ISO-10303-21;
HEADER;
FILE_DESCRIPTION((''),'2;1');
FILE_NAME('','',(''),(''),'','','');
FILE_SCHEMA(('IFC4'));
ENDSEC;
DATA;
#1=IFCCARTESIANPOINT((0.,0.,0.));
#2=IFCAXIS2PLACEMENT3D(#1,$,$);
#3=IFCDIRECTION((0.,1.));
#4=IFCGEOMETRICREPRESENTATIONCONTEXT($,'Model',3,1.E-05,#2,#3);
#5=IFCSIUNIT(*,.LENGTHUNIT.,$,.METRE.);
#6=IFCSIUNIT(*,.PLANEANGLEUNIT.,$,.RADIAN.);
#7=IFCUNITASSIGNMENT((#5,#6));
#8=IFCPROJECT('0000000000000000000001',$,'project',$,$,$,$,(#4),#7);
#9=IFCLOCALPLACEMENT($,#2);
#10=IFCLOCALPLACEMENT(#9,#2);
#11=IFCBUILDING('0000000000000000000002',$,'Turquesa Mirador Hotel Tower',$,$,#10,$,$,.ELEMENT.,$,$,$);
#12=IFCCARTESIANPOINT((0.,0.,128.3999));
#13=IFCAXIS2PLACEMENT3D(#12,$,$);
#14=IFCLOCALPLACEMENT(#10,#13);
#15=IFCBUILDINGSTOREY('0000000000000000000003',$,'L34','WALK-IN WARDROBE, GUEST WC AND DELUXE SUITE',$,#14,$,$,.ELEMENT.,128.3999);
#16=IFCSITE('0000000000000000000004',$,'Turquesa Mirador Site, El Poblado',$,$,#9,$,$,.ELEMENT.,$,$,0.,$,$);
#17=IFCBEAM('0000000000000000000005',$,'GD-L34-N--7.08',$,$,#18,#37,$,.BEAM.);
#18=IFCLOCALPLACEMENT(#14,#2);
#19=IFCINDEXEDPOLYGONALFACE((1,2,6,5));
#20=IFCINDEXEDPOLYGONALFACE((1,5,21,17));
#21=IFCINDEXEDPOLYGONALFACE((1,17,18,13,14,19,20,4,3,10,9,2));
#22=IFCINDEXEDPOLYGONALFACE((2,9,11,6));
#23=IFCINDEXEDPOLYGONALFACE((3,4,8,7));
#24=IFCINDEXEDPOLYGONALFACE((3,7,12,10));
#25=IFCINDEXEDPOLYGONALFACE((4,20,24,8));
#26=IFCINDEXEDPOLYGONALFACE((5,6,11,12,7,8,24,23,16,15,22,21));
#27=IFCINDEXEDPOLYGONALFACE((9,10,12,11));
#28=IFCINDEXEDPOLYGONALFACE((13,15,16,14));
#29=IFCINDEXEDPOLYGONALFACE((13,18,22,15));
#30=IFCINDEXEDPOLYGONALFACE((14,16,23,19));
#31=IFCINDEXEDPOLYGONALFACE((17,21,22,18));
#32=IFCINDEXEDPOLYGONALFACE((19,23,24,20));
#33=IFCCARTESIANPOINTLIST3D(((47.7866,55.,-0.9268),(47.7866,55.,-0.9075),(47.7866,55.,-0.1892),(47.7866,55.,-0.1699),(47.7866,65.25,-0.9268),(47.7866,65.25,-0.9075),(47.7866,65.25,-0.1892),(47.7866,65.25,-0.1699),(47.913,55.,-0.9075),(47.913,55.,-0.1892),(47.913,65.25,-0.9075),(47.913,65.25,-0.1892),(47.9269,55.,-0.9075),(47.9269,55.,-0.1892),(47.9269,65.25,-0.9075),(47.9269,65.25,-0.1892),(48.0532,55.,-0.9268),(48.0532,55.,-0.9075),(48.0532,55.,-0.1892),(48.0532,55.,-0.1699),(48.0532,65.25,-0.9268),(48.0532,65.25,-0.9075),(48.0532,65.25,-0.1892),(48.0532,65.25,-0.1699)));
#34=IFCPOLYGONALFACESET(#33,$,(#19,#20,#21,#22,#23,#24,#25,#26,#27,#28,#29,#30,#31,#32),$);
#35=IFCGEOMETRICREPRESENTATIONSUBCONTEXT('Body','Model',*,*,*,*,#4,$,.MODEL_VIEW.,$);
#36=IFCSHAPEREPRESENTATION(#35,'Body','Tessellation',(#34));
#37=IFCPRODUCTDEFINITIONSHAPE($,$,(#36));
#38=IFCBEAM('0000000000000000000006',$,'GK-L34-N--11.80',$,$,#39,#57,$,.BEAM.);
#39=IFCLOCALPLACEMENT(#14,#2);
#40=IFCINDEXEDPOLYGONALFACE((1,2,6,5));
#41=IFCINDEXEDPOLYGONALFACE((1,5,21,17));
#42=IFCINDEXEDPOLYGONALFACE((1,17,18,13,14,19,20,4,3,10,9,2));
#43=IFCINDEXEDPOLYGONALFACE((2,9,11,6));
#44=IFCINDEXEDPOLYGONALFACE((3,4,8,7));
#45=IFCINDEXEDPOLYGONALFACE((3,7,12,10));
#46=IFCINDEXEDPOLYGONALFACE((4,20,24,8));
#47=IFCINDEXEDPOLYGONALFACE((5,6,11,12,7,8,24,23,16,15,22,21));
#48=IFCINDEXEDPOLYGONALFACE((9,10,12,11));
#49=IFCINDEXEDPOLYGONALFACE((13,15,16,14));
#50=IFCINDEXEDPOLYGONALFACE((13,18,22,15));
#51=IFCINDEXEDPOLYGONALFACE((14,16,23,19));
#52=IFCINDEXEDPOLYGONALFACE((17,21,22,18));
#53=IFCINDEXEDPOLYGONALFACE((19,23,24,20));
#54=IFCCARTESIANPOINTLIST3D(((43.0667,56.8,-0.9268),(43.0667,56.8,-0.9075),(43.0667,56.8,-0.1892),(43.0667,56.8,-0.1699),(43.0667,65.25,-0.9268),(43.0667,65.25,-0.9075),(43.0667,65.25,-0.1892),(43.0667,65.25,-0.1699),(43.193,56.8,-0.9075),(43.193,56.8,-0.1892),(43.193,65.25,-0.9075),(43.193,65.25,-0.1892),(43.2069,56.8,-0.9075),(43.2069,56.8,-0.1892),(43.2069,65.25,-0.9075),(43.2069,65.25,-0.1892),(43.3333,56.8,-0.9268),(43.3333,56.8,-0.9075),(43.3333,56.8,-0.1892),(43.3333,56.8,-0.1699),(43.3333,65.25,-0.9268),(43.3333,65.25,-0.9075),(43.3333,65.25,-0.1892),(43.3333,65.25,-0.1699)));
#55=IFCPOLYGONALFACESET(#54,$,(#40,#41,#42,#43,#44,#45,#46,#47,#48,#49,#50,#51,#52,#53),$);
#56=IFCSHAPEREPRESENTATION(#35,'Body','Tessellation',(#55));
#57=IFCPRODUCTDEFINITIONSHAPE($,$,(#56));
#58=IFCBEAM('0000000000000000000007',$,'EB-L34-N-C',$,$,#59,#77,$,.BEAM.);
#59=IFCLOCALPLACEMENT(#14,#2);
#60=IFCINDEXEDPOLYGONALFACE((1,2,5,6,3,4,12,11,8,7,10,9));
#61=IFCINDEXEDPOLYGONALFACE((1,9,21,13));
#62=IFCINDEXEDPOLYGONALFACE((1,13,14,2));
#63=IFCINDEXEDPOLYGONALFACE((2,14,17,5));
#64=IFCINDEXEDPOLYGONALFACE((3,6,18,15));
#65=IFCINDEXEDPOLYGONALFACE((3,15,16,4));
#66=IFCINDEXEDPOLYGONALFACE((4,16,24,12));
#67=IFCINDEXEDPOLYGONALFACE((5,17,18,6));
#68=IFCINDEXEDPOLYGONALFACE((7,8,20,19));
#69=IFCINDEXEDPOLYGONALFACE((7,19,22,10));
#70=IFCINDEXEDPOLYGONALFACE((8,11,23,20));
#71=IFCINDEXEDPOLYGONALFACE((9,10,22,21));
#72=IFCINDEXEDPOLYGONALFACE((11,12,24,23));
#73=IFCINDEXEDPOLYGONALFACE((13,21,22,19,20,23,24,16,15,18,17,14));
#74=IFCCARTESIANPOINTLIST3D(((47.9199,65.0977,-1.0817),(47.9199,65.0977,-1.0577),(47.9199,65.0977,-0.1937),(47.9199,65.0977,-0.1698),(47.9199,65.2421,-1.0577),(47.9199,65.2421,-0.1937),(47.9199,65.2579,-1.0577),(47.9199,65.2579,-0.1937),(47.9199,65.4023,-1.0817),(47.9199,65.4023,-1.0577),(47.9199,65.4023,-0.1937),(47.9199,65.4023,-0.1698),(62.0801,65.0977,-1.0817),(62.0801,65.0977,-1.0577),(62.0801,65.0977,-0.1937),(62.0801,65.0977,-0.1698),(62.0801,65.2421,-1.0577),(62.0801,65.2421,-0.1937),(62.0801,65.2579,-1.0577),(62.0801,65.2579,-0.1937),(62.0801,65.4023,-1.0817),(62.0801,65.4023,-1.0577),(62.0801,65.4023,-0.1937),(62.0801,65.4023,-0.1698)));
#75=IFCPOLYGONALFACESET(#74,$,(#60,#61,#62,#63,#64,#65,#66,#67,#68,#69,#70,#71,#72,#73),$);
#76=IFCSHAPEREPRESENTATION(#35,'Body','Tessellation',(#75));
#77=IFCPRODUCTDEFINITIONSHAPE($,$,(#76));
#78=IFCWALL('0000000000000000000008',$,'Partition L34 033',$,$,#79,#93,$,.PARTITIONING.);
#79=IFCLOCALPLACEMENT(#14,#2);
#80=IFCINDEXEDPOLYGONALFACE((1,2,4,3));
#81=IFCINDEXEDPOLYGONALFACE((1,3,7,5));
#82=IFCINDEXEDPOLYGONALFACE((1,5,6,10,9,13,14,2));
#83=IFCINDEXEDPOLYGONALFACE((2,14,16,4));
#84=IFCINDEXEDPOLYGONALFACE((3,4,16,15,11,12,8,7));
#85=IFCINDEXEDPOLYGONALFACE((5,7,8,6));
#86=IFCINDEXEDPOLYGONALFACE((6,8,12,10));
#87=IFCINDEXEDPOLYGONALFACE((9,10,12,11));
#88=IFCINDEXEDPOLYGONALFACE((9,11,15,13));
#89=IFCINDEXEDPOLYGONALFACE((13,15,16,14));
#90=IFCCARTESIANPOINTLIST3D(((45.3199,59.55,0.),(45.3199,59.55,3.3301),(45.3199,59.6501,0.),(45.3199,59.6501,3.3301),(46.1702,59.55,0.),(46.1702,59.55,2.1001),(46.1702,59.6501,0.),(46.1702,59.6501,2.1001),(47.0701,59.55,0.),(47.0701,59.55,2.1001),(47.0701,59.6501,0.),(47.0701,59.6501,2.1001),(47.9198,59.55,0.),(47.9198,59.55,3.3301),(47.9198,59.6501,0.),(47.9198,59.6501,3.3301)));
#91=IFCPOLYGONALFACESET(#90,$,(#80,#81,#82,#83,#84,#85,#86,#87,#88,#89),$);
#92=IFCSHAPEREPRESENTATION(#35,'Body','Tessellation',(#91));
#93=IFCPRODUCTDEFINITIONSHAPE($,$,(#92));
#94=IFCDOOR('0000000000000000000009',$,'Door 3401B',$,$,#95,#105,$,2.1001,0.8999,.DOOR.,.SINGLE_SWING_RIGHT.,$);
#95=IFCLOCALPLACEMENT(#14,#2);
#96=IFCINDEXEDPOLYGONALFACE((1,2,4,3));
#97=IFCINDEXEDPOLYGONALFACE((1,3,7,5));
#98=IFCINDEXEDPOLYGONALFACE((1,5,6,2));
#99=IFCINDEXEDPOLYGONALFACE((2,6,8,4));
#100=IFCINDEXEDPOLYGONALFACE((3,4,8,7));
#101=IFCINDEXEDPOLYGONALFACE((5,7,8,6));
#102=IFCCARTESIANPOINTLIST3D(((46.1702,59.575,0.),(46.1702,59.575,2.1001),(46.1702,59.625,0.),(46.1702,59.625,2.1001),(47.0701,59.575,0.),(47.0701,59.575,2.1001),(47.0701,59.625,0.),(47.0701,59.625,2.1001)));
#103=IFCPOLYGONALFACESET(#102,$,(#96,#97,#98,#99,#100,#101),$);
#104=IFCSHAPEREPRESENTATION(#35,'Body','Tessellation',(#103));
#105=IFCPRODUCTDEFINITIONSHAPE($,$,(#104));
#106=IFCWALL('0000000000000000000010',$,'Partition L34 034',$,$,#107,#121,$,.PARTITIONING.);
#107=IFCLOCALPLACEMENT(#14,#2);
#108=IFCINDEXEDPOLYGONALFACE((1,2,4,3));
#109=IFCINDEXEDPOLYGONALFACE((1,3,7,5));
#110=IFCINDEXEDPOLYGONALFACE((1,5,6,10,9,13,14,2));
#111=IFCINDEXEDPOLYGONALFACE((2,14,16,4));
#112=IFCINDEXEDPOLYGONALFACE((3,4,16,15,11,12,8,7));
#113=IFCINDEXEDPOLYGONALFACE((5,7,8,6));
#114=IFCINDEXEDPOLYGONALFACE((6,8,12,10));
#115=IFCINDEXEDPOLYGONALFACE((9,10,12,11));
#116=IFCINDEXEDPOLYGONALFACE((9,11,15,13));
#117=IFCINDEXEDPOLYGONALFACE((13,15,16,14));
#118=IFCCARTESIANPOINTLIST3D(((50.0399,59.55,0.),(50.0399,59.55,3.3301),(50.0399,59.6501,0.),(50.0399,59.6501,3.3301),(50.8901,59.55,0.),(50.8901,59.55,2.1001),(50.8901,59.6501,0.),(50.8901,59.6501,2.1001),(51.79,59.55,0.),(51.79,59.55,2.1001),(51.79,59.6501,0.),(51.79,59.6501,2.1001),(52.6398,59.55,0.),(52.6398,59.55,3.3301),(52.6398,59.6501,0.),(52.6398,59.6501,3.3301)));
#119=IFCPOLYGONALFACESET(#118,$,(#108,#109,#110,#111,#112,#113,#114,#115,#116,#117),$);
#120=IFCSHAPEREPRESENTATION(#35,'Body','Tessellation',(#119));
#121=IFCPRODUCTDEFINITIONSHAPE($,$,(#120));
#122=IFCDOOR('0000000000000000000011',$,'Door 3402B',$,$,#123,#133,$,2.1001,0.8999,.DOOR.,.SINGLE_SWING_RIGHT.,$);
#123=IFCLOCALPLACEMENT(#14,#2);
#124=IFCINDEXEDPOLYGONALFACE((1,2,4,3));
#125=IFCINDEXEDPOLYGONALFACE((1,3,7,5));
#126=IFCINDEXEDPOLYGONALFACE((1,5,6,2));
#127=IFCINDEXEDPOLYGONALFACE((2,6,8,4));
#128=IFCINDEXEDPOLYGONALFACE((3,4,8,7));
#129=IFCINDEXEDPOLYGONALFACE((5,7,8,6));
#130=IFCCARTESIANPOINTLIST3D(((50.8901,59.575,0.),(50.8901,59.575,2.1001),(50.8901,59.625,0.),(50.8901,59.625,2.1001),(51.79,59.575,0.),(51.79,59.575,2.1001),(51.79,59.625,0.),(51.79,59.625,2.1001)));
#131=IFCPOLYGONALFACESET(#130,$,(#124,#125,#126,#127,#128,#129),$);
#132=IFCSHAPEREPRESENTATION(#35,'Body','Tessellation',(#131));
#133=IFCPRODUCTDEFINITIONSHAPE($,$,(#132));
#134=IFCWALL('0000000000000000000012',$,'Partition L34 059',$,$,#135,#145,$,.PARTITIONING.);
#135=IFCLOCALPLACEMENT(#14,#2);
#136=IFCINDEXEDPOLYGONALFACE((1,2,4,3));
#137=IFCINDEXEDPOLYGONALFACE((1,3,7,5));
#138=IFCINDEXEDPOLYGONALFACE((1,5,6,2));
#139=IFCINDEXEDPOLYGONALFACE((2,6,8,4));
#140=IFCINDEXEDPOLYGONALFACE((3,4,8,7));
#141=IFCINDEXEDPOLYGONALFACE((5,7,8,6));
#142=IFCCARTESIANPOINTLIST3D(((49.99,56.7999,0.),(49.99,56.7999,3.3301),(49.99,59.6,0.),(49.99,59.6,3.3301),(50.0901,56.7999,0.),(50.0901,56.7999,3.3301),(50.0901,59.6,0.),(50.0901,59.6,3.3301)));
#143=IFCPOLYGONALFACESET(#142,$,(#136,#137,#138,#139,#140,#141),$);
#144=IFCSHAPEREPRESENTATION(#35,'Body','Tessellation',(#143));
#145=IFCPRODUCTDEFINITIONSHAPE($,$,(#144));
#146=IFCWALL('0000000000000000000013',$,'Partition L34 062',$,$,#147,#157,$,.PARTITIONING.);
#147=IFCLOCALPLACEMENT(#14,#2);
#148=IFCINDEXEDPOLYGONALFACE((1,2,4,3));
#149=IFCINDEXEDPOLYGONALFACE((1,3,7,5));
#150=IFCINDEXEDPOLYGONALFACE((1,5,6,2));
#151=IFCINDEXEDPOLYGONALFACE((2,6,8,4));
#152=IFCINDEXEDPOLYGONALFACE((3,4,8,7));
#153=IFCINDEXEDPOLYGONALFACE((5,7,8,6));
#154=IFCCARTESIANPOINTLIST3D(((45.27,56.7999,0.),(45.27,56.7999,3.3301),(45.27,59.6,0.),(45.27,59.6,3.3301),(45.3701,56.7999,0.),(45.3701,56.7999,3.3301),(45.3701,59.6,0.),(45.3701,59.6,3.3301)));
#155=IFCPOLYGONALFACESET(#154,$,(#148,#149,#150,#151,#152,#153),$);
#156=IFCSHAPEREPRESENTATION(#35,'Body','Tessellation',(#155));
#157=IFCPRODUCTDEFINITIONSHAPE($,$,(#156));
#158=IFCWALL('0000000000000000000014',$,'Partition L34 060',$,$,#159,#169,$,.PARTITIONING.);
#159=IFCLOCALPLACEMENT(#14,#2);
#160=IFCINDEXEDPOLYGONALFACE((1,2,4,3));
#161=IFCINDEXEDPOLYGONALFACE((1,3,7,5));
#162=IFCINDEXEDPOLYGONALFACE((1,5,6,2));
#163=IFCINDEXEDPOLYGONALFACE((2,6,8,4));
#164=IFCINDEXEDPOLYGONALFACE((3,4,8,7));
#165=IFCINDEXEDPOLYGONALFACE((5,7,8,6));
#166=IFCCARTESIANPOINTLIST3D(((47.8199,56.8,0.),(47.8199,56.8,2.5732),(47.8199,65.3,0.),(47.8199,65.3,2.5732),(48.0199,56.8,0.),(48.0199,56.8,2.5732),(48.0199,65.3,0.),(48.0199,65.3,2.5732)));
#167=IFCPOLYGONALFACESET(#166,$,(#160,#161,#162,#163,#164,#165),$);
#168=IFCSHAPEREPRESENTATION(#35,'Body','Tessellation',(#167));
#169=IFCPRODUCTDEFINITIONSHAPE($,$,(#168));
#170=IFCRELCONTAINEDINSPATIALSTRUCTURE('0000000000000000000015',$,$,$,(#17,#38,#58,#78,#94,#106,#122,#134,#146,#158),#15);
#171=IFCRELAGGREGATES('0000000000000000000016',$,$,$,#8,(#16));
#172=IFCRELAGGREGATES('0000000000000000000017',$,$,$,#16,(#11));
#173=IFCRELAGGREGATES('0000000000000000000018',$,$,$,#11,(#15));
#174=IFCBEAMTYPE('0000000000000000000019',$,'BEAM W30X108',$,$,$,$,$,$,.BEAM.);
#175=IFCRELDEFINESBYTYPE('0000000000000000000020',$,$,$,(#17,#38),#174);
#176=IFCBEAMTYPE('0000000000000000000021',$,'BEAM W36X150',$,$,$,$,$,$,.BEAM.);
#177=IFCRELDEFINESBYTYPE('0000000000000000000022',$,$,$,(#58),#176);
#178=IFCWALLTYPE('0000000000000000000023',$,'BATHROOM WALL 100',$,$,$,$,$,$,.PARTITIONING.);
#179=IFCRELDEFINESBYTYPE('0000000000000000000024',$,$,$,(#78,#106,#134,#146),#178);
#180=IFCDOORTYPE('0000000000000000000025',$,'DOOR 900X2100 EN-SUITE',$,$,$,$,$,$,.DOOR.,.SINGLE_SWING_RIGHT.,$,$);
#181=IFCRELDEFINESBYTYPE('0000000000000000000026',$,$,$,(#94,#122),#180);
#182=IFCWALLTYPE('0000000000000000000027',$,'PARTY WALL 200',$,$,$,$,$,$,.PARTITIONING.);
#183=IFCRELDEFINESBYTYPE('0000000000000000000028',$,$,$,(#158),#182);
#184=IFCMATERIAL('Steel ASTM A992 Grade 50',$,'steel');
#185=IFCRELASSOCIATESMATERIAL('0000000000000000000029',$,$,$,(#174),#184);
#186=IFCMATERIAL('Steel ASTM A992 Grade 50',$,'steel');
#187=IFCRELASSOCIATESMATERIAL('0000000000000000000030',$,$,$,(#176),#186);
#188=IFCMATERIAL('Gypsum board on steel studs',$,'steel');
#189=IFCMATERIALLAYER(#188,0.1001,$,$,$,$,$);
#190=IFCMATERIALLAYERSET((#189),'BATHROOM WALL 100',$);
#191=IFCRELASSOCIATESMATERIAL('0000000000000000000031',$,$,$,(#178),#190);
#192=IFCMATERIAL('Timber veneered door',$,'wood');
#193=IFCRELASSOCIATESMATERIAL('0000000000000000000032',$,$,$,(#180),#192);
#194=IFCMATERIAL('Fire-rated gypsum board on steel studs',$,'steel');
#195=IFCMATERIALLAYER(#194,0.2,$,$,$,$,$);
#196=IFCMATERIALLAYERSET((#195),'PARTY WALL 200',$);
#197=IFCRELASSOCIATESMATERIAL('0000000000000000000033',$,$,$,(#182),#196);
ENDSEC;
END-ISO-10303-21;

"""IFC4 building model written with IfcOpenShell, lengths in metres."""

from ifc_helpers import new_model, si_unit, direction, frame, frame_2d, origin, origin_2d, place, context, subcontext, project, spatial, rectangle, i_section, extrude, material, layer, layer_set, material_profile, profile_set, type_object, element, fill, save


model = new_model("IFC4")

# Units and contexts
model_context = context("Model", 3, precision=1e-05, world=origin(), true_north=direction((0.0, 1.0)))
body_context = subcontext(model_context, "Body", "Model", "MODEL_VIEW")
ifc_project = project(units=[si_unit("LENGTHUNIT", "METRE"), si_unit("PLANEANGLEUNIT", "RADIAN")], contexts=[model_context])

# Site, building, storey
site_placement = place(None, origin())
site = spatial("IfcSite", under=ifc_project, at=site_placement, Name="Turquesa Mirador Site, El Poblado", CompositionType="ELEMENT", RefElevation=0.0)
building_placement = place(site_placement, origin())
building = spatial("IfcBuilding", under=site, at=building_placement, Name="Turquesa Mirador Hotel Tower", CompositionType="ELEMENT")
storey_placement = place(building_placement, frame((0.0, 0.0, 128.3999)))
storey = spatial("IfcBuildingStorey", under=building, at=storey_placement, Name="L34", Description="WALK-IN WARDROBE, GUEST WC AND DELUXE SUITE", CompositionType="ELEMENT", Elevation=128.3999)

# Beams
ifc_material_1 = material(Name="Steel ASTM A992 Grade 50", Category="steel")
ifc_material_profile_1 = material_profile(ifc_material_1, i_section(OverallWidth=0.2666, OverallDepth=0.7568, WebThickness=0.0139, FlangeThickness=0.0193, at=origin_2d()), Name="W30X108")
ifc_profile_set_1 = profile_set([ifc_material_profile_1], Name="Steel ASTM A992 Grade 50")
beam_type_1 = type_object("IfcBeamType", Name="BEAM W30X108", PredefinedType="BEAM", material=ifc_profile_set_1)
beam_1_placement = place(storey_placement, frame((47.9199, 65.25, -0.5483), z_axis=(0.0, -1.0, 0.0), x_axis=(1.0, 0.0, 0.0)))
element("IfcBeam", 1, at=beam_1_placement, inside=storey, type_object=beam_type_1, Name="GD-L34-N--7.08", PredefinedType="BEAM", context=body_context, shape_type="SweptSolid", body=[
    extrude(i_section(OverallWidth=0.2666, OverallDepth=0.7568, WebThickness=0.0139, FlangeThickness=0.0193, at=origin_2d()), origin(), (0.0, 0.0, 1.0), 10.25),
])
beam_2_placement = place(storey_placement, frame((43.2, 65.25, -0.5483), z_axis=(0.0, -1.0, 0.0), x_axis=(1.0, 0.0, 0.0)))
element("IfcBeam", 2, at=beam_2_placement, inside=storey, type_object=beam_type_1, Name="GK-L34-N--11.80", PredefinedType="BEAM", context=body_context, shape_type="SweptSolid", body=[
    extrude(i_section(OverallWidth=0.2666, OverallDepth=0.7568, WebThickness=0.0139, FlangeThickness=0.0193, at=origin_2d()), origin(), (0.0, 0.0, 1.0), 8.45),
])
ifc_material_2 = material(Name="Steel ASTM A992 Grade 50", Category="steel")
ifc_material_profile_2 = material_profile(ifc_material_2, i_section(OverallWidth=0.3047, OverallDepth=0.9119, WebThickness=0.0159, FlangeThickness=0.0239, at=origin_2d()), Name="W36X150")
ifc_profile_set_2 = profile_set([ifc_material_profile_2], Name="Steel ASTM A992 Grade 50")
beam_type_2 = type_object("IfcBeamType", Name="BEAM W36X150", PredefinedType="BEAM", material=ifc_profile_set_2)
beam_3_placement = place(storey_placement, frame((47.9199, 65.25, -0.6257), z_axis=(1.0, 0.0, 0.0), x_axis=(0.0, 1.0, 0.0)))
element("IfcBeam", 3, at=beam_3_placement, inside=storey, type_object=beam_type_2, Name="EB-L34-N-C", PredefinedType="BEAM", context=body_context, shape_type="SweptSolid", body=[
    extrude(i_section(OverallWidth=0.3047, OverallDepth=0.9119, WebThickness=0.0159, FlangeThickness=0.0239, at=origin_2d()), origin(), (0.0, 0.0, 1.0), 14.1602),
])

# Walls, openings, doors
ifc_material_3 = material(Name="Gypsum board on steel studs", Category="steel")
ifc_layer_1 = layer(ifc_material_3, 0.1001)
ifc_layer_set_1 = layer_set([ifc_layer_1], Name="BATHROOM WALL 100")
wall_type_1 = type_object("IfcWallType", Name="BATHROOM WALL 100", PredefinedType="PARTITIONING", material=ifc_layer_set_1)
wall_1_placement = place(storey_placement, frame((45.3201, 59.6001, 0.0), z_axis=(0.0, 0.0, 1.0), x_axis=(1.0, 0.0, 0.0)))
wall_1 = element("IfcWall", 4, at=wall_1_placement, inside=storey, type_object=wall_type_1, Name="Partition L34 033", PredefinedType="PARTITIONING", context=body_context, shape_type="SweptSolid", body=[
    extrude(rectangle(XDim=2.5999, YDim=0.1001, at=frame_2d((1.2998, 0.0))), origin(), (0.0, 0.0, 1.0), 3.3301),
])
opening_1_placement = place(wall_1_placement, frame((0.8501, 0.0, 0.0)))
opening_1 = element("IfcOpeningElement", 5, at=opening_1_placement, cuts=wall_1, PredefinedType="OPENING", context=body_context, shape_type="SweptSolid", body=[
    extrude(rectangle(XDim=0.8999, YDim=2.1001, at=frame_2d((0.45, 1.05))), frame((0.0, 0.0601, 0.0), z_axis=(0.0, -1.0, 0.0), x_axis=(1.0, 0.0, 0.0)), (0.0, 0.0, 1.0), 0.1201),
])
ifc_material_4 = material(Name="Timber veneered door", Category="wood")
door_type = type_object("IfcDoorType", Name="DOOR 900X2100 EN-SUITE", OperationType="SINGLE_SWING_RIGHT", PredefinedType="DOOR", material=ifc_material_4)
door_1_placement = place(opening_1_placement, origin())
door_1 = element("IfcDoor", 6, at=door_1_placement, inside=storey, type_object=door_type, Name="Door 3401B", OperationType="SINGLE_SWING_RIGHT", OverallHeight=2.1001, OverallWidth=0.8999, PredefinedType="DOOR", context=body_context, shape_type="SweptSolid", body=[
    extrude(rectangle(XDim=0.8999, YDim=2.1001, at=frame_2d((0.45, 1.05))), frame((0.0, 0.0249, 0.0), z_axis=(0.0, -1.0, 0.0), x_axis=(1.0, 0.0, 0.0)), (0.0, 0.0, 1.0), 0.05),
])
fill(opening_1, door_1)
wall_2_placement = place(storey_placement, frame((50.04, 59.6001, 0.0), z_axis=(0.0, 0.0, 1.0), x_axis=(1.0, 0.0, 0.0)))
wall_2 = element("IfcWall", 7, at=wall_2_placement, inside=storey, type_object=wall_type_1, Name="Partition L34 034", PredefinedType="PARTITIONING", context=body_context, shape_type="SweptSolid", body=[
    extrude(rectangle(XDim=2.5999, YDim=0.1001, at=frame_2d((1.2998, 0.0))), origin(), (0.0, 0.0, 1.0), 3.3301),
])
opening_2_placement = place(wall_2_placement, frame((0.8501, 0.0, 0.0)))
opening_2 = element("IfcOpeningElement", 8, at=opening_2_placement, cuts=wall_2, PredefinedType="OPENING", context=body_context, shape_type="SweptSolid", body=[
    extrude(rectangle(XDim=0.8999, YDim=2.1001, at=frame_2d((0.45, 1.05))), frame((0.0, 0.0601, 0.0), z_axis=(0.0, -1.0, 0.0), x_axis=(1.0, 0.0, 0.0)), (0.0, 0.0, 1.0), 0.1201),
])
door_2_placement = place(opening_2_placement, origin())
door_2 = element("IfcDoor", 9, at=door_2_placement, inside=storey, type_object=door_type, Name="Door 3402B", OperationType="SINGLE_SWING_RIGHT", OverallHeight=2.1001, OverallWidth=0.8999, PredefinedType="DOOR", context=body_context, shape_type="SweptSolid", body=[
    extrude(rectangle(XDim=0.8999, YDim=2.1001, at=frame_2d((0.45, 1.05))), frame((0.0, 0.0249, 0.0), z_axis=(0.0, -1.0, 0.0), x_axis=(1.0, 0.0, 0.0)), (0.0, 0.0, 1.0), 0.05),
])
fill(opening_2, door_2)

# Walls
for number, where, z_axis, x_axis, name in (
    (10, (50.04, 56.8, 0.0), (0.0, 0.0, 1.0), (0.0, 1.0, 0.0), "Partition L34 059"),
    (11, (45.3201, 56.8, 0.0), (0.0, 0.0, 1.0), (0.0, 1.0, 0.0), "Partition L34 062"),
):
    element("IfcWall", number, at=place(storey_placement, frame(where, z_axis=z_axis, x_axis=x_axis)), inside=storey, type_object=wall_type_1, Name=name, PredefinedType="PARTITIONING", context=body_context, shape_type="SweptSolid", body=[
        extrude(rectangle(XDim=2.8, YDim=0.1001, at=frame_2d((1.3999, 0.0))), origin(), (0.0, 0.0, 1.0), 3.3301),
    ])
ifc_material_5 = material(Name="Fire-rated gypsum board on steel studs", Category="steel")
ifc_layer_2 = layer(ifc_material_5, 0.2)
ifc_layer_set_2 = layer_set([ifc_layer_2], Name="PARTY WALL 200")
wall_type_2 = type_object("IfcWallType", Name="PARTY WALL 200", PredefinedType="PARTITIONING", material=ifc_layer_set_2)
wall_3_placement = place(storey_placement, frame((47.9199, 56.8, 0.0), z_axis=(0.0, 0.0, 1.0), x_axis=(0.0, 1.0, 0.0)))
element("IfcWall", 12, at=wall_3_placement, inside=storey, type_object=wall_type_2, Name="Partition L34 060", PredefinedType="PARTITIONING", context=body_context, shape_type="SweptSolid", body=[
    extrude(rectangle(XDim=8.5, YDim=0.2, at=frame_2d((4.25, 0.0))), origin(), (0.0, 0.0, 1.0), 2.5732),
])

save(model, "model.ifc")
